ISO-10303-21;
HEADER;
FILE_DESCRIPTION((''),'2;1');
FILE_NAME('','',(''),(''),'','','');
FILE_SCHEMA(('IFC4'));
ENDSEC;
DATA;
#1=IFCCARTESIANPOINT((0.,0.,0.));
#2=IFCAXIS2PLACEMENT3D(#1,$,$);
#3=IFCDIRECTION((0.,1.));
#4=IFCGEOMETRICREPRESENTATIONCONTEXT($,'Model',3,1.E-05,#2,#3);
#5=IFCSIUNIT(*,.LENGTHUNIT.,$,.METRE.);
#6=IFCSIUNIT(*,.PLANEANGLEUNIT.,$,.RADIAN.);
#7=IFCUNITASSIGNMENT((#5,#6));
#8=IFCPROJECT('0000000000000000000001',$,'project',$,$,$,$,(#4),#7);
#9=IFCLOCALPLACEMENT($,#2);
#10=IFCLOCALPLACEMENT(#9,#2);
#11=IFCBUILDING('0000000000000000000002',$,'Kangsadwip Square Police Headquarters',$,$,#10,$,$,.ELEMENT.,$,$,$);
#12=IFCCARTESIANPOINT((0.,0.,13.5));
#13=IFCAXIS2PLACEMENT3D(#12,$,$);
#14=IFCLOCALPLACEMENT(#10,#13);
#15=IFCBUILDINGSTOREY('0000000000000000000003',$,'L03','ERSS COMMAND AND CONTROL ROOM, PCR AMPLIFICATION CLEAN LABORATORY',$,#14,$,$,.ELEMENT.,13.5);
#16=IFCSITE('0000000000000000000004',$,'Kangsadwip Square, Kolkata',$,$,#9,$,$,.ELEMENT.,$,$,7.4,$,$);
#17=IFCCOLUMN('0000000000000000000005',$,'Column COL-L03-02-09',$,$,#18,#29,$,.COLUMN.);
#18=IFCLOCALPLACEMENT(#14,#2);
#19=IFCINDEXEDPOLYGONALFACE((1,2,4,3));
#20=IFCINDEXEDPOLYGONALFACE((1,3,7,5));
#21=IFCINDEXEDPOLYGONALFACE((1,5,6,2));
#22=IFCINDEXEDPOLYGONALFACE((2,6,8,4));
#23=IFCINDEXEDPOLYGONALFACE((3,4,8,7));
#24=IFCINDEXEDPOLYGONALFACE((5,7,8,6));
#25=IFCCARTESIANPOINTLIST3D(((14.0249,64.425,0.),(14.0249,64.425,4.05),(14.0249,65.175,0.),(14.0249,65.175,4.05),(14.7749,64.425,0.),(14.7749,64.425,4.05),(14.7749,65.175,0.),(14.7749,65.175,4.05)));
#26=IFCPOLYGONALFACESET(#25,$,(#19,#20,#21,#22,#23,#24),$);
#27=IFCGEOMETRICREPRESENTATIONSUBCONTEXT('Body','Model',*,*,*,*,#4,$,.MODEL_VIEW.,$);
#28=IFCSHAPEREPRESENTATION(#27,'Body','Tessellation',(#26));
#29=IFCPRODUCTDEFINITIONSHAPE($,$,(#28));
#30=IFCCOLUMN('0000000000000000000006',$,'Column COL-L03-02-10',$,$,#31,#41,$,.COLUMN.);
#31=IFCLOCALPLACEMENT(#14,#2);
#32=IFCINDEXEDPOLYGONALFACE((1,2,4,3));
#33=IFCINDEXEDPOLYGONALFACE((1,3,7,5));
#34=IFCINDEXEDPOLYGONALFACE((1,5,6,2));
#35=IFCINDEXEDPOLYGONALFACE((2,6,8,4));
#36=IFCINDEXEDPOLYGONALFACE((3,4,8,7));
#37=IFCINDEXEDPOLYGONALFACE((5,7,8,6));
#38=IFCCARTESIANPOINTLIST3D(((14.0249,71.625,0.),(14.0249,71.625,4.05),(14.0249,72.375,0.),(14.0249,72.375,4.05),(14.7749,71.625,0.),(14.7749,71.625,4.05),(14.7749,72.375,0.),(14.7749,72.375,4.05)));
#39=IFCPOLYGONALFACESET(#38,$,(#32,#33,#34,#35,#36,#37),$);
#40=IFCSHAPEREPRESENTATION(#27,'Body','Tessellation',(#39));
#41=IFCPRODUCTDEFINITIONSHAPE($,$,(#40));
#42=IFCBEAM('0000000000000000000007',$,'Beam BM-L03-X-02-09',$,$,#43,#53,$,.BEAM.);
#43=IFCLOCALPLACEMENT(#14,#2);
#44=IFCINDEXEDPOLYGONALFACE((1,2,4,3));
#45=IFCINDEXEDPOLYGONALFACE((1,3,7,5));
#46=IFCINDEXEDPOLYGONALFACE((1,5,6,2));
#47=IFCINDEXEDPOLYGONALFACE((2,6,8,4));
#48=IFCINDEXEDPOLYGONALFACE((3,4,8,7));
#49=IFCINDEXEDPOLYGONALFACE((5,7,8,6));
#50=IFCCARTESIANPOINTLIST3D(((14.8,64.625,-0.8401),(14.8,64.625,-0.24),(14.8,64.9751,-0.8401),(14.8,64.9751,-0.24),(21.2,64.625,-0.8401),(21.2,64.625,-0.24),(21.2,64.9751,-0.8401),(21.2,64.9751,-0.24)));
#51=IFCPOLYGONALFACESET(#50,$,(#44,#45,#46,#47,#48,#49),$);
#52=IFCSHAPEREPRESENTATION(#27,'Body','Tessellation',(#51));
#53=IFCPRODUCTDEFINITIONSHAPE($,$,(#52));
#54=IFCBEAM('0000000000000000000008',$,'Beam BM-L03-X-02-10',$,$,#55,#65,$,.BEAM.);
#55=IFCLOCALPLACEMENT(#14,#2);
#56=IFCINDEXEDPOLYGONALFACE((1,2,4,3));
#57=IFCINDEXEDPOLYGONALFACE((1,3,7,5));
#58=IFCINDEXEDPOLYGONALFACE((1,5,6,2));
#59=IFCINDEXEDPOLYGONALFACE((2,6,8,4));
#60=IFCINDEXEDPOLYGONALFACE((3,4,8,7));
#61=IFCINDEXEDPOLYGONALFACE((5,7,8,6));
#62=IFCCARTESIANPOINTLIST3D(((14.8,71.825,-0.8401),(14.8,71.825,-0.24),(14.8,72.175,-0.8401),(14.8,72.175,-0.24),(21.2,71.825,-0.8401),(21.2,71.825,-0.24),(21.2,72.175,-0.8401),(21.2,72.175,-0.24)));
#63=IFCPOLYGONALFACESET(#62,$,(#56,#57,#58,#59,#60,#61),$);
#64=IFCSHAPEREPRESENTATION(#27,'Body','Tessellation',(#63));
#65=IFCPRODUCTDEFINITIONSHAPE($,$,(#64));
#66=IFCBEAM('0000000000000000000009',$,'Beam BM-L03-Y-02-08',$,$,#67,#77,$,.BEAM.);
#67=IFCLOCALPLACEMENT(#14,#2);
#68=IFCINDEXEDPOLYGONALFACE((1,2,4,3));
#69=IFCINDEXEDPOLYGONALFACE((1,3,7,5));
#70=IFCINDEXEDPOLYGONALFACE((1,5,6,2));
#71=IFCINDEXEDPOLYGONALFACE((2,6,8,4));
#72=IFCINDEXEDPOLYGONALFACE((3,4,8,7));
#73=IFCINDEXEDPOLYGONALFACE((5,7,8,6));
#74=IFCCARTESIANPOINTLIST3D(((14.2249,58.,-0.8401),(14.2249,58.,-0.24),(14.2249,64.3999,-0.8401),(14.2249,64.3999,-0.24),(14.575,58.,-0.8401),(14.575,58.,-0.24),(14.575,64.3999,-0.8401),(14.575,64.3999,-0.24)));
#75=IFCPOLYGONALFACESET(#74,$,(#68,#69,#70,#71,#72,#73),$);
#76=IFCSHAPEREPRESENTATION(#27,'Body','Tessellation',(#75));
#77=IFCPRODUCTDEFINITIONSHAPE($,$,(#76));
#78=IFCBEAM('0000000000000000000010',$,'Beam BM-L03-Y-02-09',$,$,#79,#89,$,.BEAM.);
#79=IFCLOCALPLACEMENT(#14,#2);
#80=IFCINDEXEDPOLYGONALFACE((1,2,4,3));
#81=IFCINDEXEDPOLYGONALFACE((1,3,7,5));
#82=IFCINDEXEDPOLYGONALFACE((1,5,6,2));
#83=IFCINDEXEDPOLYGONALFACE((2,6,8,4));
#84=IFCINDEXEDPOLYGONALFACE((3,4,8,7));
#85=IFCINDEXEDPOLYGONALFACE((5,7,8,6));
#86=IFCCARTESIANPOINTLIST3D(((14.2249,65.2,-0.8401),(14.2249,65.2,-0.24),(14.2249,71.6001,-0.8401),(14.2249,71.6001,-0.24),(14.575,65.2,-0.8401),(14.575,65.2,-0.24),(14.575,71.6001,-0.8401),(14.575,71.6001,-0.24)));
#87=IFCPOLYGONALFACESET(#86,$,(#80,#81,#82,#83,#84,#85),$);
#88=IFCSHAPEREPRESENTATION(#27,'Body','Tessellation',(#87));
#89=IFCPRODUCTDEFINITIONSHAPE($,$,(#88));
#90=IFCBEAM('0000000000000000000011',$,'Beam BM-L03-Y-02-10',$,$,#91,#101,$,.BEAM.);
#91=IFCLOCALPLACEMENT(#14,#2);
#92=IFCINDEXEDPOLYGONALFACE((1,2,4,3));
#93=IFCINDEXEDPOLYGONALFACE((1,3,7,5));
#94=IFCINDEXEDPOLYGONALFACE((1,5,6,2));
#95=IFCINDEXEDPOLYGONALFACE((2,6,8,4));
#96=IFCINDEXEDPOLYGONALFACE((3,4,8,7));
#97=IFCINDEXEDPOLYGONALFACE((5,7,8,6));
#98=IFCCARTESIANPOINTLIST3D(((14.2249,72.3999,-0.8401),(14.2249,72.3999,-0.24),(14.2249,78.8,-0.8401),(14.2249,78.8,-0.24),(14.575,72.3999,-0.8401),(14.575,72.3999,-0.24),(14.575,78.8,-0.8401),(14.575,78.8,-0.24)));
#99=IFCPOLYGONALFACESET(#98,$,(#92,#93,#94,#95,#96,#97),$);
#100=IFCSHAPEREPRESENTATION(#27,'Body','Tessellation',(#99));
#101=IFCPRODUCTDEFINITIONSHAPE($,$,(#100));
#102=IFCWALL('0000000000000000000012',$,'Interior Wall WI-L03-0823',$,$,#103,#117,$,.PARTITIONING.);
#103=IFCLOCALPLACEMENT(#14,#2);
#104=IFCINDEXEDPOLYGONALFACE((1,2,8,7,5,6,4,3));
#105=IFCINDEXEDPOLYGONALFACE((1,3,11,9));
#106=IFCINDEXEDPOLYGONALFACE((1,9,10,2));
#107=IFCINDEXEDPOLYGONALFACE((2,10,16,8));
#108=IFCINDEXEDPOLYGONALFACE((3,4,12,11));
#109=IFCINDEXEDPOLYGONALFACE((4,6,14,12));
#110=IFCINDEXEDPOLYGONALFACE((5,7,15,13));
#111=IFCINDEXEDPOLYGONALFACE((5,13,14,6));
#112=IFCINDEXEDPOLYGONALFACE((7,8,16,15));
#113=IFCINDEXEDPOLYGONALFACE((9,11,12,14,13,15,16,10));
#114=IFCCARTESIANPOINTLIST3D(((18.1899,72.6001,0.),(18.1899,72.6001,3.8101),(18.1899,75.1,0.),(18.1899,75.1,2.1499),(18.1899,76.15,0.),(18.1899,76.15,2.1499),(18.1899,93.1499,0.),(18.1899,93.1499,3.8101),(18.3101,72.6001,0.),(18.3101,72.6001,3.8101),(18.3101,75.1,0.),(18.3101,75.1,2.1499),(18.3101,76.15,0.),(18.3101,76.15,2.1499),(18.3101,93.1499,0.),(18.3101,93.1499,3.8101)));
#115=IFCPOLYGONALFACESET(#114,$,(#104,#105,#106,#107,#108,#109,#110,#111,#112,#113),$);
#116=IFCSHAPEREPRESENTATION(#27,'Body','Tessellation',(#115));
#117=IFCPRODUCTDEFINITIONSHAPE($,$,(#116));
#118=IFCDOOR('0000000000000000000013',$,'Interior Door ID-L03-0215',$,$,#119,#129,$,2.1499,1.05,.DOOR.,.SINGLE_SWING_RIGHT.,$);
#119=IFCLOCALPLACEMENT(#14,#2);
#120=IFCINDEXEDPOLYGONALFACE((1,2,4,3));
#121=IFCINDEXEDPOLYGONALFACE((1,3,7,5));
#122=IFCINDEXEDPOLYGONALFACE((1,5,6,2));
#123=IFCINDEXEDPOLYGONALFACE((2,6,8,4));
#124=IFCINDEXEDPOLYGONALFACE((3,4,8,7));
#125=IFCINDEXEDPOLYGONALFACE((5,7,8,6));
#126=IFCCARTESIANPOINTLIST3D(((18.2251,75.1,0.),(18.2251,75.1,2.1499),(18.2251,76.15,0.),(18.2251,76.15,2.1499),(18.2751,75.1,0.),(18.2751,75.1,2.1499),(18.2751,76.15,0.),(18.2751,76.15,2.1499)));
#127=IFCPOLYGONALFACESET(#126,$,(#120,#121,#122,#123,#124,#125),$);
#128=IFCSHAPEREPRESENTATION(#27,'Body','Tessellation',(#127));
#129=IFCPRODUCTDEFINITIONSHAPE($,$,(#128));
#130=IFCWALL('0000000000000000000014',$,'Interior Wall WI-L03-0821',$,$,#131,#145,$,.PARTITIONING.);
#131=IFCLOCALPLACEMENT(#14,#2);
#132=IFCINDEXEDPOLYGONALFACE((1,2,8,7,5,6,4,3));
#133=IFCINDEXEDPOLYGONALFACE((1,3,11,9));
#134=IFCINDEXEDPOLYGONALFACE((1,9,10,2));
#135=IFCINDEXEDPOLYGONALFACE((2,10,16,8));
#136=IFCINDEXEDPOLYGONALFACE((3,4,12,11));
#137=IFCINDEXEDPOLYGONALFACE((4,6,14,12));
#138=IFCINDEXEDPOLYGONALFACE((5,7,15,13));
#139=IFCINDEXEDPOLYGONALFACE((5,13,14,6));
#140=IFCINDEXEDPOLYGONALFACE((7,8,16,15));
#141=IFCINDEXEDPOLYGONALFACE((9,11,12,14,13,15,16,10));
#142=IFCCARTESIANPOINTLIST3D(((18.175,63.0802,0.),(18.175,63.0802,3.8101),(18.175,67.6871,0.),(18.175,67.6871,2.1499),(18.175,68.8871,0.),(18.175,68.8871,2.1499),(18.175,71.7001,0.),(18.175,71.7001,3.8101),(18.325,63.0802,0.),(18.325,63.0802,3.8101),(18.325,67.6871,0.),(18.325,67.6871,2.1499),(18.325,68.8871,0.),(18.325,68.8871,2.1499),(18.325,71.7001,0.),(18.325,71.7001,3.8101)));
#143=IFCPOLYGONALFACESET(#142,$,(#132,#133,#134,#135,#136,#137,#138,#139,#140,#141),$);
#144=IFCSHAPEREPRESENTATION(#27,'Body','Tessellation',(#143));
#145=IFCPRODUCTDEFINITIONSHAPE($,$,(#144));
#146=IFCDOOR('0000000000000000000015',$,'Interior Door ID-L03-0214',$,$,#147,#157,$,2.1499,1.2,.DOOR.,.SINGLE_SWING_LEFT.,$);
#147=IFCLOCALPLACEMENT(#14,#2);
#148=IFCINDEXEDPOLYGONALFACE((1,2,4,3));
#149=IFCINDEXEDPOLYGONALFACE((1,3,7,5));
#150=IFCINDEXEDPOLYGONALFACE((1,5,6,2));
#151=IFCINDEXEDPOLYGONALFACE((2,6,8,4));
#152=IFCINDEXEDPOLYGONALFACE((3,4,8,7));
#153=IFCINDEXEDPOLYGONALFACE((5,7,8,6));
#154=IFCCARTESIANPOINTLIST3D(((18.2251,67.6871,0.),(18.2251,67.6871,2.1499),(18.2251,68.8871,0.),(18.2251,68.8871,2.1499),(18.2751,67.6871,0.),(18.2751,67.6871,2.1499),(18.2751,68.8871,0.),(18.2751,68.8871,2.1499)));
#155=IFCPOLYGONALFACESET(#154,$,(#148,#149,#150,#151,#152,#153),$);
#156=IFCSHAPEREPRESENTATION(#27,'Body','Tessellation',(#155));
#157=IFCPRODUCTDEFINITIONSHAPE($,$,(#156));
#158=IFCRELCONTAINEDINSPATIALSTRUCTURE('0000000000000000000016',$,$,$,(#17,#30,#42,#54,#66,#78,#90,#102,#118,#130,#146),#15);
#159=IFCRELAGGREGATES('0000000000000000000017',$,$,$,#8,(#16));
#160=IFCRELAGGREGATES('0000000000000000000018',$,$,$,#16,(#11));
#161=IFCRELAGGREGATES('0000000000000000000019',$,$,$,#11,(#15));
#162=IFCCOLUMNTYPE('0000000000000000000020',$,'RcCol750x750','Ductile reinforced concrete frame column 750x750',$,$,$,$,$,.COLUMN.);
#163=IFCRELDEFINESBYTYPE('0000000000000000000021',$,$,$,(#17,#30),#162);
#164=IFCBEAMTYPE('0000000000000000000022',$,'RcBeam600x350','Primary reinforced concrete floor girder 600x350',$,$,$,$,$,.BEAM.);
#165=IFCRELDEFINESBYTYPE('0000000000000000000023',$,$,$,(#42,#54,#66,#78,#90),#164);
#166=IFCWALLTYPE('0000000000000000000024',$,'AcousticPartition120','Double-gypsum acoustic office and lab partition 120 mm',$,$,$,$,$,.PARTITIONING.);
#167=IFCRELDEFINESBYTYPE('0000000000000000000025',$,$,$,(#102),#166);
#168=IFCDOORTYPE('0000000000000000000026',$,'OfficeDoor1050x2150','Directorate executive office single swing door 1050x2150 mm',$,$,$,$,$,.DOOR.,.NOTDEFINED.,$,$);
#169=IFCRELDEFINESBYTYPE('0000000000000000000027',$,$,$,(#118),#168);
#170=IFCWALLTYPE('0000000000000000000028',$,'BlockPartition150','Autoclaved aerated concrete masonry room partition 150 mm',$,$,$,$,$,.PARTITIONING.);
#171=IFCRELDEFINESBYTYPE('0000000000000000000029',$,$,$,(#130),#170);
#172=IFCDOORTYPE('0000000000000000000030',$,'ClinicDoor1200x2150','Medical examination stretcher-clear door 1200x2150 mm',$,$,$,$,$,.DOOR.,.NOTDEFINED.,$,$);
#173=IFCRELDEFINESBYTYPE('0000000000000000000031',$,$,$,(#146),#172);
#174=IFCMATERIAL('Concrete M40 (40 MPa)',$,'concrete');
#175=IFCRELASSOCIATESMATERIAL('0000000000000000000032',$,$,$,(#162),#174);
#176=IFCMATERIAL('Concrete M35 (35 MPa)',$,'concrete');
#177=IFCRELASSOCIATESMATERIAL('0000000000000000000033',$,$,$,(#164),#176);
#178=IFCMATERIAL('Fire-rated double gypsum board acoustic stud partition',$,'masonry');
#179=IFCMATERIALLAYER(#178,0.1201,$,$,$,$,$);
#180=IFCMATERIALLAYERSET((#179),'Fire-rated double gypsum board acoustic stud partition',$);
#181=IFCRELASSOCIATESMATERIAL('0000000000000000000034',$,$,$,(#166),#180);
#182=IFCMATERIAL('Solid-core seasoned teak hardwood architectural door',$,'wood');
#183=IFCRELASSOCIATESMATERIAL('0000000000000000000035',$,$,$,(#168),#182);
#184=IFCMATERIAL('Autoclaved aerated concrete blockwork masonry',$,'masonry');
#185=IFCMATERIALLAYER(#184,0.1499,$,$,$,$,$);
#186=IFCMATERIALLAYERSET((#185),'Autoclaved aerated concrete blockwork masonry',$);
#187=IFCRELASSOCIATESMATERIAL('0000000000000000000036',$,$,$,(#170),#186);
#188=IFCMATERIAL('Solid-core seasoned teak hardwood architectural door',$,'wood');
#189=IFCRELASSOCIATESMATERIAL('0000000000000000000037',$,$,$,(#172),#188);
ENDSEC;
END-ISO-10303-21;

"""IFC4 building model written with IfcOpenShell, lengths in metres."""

from ifc_helpers import new_model, si_unit, direction, frame, frame_2d, origin, origin_2d, place, context, subcontext, project, spatial, rectangle, extrude, material, layer, layer_set, material_profile, profile_set, type_object, element, fill, save


model = new_model("IFC4")

# Units and contexts
model_context = context("Model", 3, precision=1e-05, world=origin(), true_north=direction((0.0, 1.0)))
body_context = subcontext(model_context, "Body", "Model", "MODEL_VIEW")
ifc_project = project(units=[si_unit("LENGTHUNIT", "METRE"), si_unit("PLANEANGLEUNIT", "RADIAN")], contexts=[model_context])

# Site, building, storey
site_placement = place(None, origin())
site = spatial("IfcSite", under=ifc_project, at=site_placement, Name="Kangsadwip Square, Kolkata", CompositionType="ELEMENT", RefElevation=7.4)
building_placement = place(site_placement, origin())
building = spatial("IfcBuilding", under=site, at=building_placement, Name="Kangsadwip Square Police Headquarters", CompositionType="ELEMENT")
storey_placement = place(building_placement, frame((0.0, 0.0, 13.5)))
storey = spatial("IfcBuildingStorey", under=building, at=storey_placement, Name="L03", Description="ERSS COMMAND AND CONTROL ROOM, PCR AMPLIFICATION CLEAN LABORATORY", CompositionType="ELEMENT", Elevation=13.5)

# Columns
ifc_material_1 = material(Name="Concrete M40 (40 MPa)", Category="concrete")
ifc_material_profile_1 = material_profile(ifc_material_1, rectangle(XDim=0.75, YDim=0.75, at=origin_2d()), Name="RC COL 750X750")
ifc_profile_set_1 = profile_set([ifc_material_profile_1], Name="Concrete M40 (40 MPa)")
column_type = type_object("IfcColumnType", Name="RcCol750x750", Description="Ductile reinforced concrete frame column 750x750", PredefinedType="COLUMN", material=ifc_profile_set_1)
for number, where, z_axis, x_axis, name in (
    (1, (14.3999, 64.8, 0.0), (0.0, 0.0, 1.0), (1.0, 0.0, 0.0), "Column COL-L03-02-09"),
    (2, (14.3999, 72.0, 0.0), (0.0, 0.0, 1.0), (1.0, 0.0, 0.0), "Column COL-L03-02-10"),
):
    element("IfcColumn", number, at=place(storey_placement, frame(where, z_axis=z_axis, x_axis=x_axis)), inside=storey, type_object=column_type, Name=name, PredefinedType="COLUMN", context=body_context, shape_type="SweptSolid", body=[
        extrude(rectangle(XDim=0.75, YDim=0.75, at=origin_2d()), origin(), (0.0, 0.0, 1.0), 4.05),
    ])

# Beams
ifc_material_2 = material(Name="Concrete M35 (35 MPa)", Category="concrete")
ifc_material_profile_2 = material_profile(ifc_material_2, rectangle(XDim=0.3501, YDim=0.6001, at=origin_2d()), Name="RC BM 600X350")
ifc_profile_set_2 = profile_set([ifc_material_profile_2], Name="Concrete M35 (35 MPa)")
beam_type = type_object("IfcBeamType", Name="RcBeam600x350", Description="Primary reinforced concrete floor girder 600x350", PredefinedType="BEAM", material=ifc_profile_set_2)
for number, where, z_axis, x_axis, name in (
    (3, (14.8, 64.8, -0.54), (1.0, 0.0, 0.0), (0.0, 1.0, 0.0), "Beam BM-L03-X-02-09"),
    (4, (14.8, 72.0, -0.54), (1.0, 0.0, 0.0), (0.0, 1.0, 0.0), "Beam BM-L03-X-02-10"),
    (5, (14.3999, 58.0, -0.54), (0.0, 1.0, 0.0), (-1.0, 0.0, 0.0), "Beam BM-L03-Y-02-08"),
):
    element("IfcBeam", number, at=place(storey_placement, frame(where, z_axis=z_axis, x_axis=x_axis)), inside=storey, type_object=beam_type, Name=name, PredefinedType="BEAM", context=body_context, shape_type="SweptSolid", body=[
        extrude(rectangle(XDim=0.3501, YDim=0.6001, at=origin_2d()), origin(), (0.0, 0.0, 1.0), 6.3999),
    ])
for number, where, z_axis, x_axis, name in (
    (6, (14.3999, 65.2, -0.54), (0.0, 1.0, 0.0), (-1.0, 0.0, 0.0), "Beam BM-L03-Y-02-09"),
    (7, (14.3999, 72.3999, -0.54), (0.0, 1.0, 0.0), (-1.0, 0.0, 0.0), "Beam BM-L03-Y-02-10"),
):
    element("IfcBeam", number, at=place(storey_placement, frame(where, z_axis=z_axis, x_axis=x_axis)), inside=storey, type_object=beam_type, Name=name, PredefinedType="BEAM", context=body_context, shape_type="SweptSolid", body=[
        extrude(rectangle(XDim=0.3501, YDim=0.6001, at=origin_2d()), origin(), (0.0, 0.0, 1.0), 6.4001),
    ])

# Walls, openings, doors
ifc_material_3 = material(Name="Fire-rated double gypsum board acoustic stud partition", Category="masonry")
ifc_layer_1 = layer(ifc_material_3, 0.1201)
ifc_layer_set_1 = layer_set([ifc_layer_1], Name="Fire-rated double gypsum board acoustic stud partition")
wall_type_1 = type_object("IfcWallType", Name="AcousticPartition120", Description="Double-gypsum acoustic office and lab partition 120 mm", PredefinedType="PARTITIONING", material=ifc_layer_set_1)
wall_1_placement = place(storey_placement, frame((18.25, 72.6001, 0.0), z_axis=(0.0, 0.0, 1.0), x_axis=(0.0, 1.0, 0.0)))
wall_1 = element("IfcWall", 8, at=wall_1_placement, inside=storey, type_object=wall_type_1, Name="Interior Wall WI-L03-0823", PredefinedType="PARTITIONING", context=body_context, shape_type="SweptSolid", body=[
    extrude(rectangle(XDim=20.5498, YDim=0.1201, at=frame_2d((10.2749, 0.0))), origin(), (0.0, 0.0, 1.0), 3.8101),
])
opening_1_placement = place(wall_1_placement, frame((2.5, 0.0, 0.0)))
opening_1 = element("IfcOpeningElement", 9, at=opening_1_placement, cuts=wall_1, PredefinedType="OPENING", context=body_context, shape_type="SweptSolid", body=[
    extrude(rectangle(XDim=1.05, YDim=2.1499, at=frame_2d((0.5249, 1.075))), frame((0.0, 0.0701, 0.0), z_axis=(0.0, -1.0, 0.0), x_axis=(1.0, 0.0, 0.0)), (0.0, 0.0, 1.0), 0.1401),
])
ifc_material_4 = material(Name="Solid-core seasoned teak hardwood architectural door", Category="wood")
door_type_1 = type_object("IfcDoorType", Name="OfficeDoor1050x2150", Description="Directorate executive office single swing door 1050x2150 mm", OperationType="NOTDEFINED", PredefinedType="DOOR", material=ifc_material_4)
door_1_placement = place(opening_1_placement, origin())
door_1 = element("IfcDoor", 10, at=door_1_placement, inside=storey, type_object=door_type_1, Name="Interior Door ID-L03-0215", OperationType="SINGLE_SWING_RIGHT", OverallHeight=2.1499, OverallWidth=1.05, PredefinedType="DOOR", context=body_context, shape_type="SweptSolid", body=[
    extrude(rectangle(XDim=1.05, YDim=2.1499, at=frame_2d((0.5249, 1.075))), frame((0.0, 0.0249, 0.0), z_axis=(0.0, -1.0, 0.0), x_axis=(1.0, 0.0, 0.0)), (0.0, 0.0, 1.0), 0.05),
])
fill(opening_1, door_1)
ifc_material_5 = material(Name="Autoclaved aerated concrete blockwork masonry", Category="masonry")
ifc_layer_2 = layer(ifc_material_5, 0.1499)
ifc_layer_set_2 = layer_set([ifc_layer_2], Name="Autoclaved aerated concrete blockwork masonry")
wall_type_2 = type_object("IfcWallType", Name="BlockPartition150", Description="Autoclaved aerated concrete masonry room partition 150 mm", PredefinedType="PARTITIONING", material=ifc_layer_set_2)
wall_2_placement = place(storey_placement, frame((18.25, 63.0801, 0.0), z_axis=(0.0, 0.0, 1.0), x_axis=(0.0, 1.0, 0.0)))
wall_2 = element("IfcWall", 11, at=wall_2_placement, inside=storey, type_object=wall_type_2, Name="Interior Wall WI-L03-0821", PredefinedType="PARTITIONING", context=body_context, shape_type="SweptSolid", body=[
    extrude(rectangle(XDim=8.6199, YDim=0.1499, at=frame_2d((4.3101, 0.0))), origin(), (0.0, 0.0, 1.0), 3.8101),
])
opening_2_placement = place(wall_2_placement, frame((4.6069, 0.0, 0.0)))
opening_2 = element("IfcOpeningElement", 12, at=opening_2_placement, cuts=wall_2, PredefinedType="OPENING", context=body_context, shape_type="SweptSolid", body=[
    extrude(rectangle(XDim=1.2, YDim=2.1499, at=frame_2d((0.6001, 1.075))), frame((0.0, 0.085, 0.0), z_axis=(0.0, -1.0, 0.0), x_axis=(1.0, 0.0, 0.0)), (0.0, 0.0, 1.0), 0.1699),
])
ifc_material_6 = material(Name="Solid-core seasoned teak hardwood architectural door", Category="wood")
door_type_2 = type_object("IfcDoorType", Name="ClinicDoor1200x2150", Description="Medical examination stretcher-clear door 1200x2150 mm", OperationType="NOTDEFINED", PredefinedType="DOOR", material=ifc_material_6)
door_2_placement = place(opening_2_placement, origin())
door_2 = element("IfcDoor", 13, at=door_2_placement, inside=storey, type_object=door_type_2, Name="Interior Door ID-L03-0214", OperationType="SINGLE_SWING_LEFT", OverallHeight=2.1499, OverallWidth=1.2, PredefinedType="DOOR", context=body_context, shape_type="SweptSolid", body=[
    extrude(rectangle(XDim=1.2, YDim=2.1499, at=frame_2d((0.6001, 1.075))), frame((0.0, 0.0249, 0.0), z_axis=(0.0, -1.0, 0.0), x_axis=(1.0, 0.0, 0.0)), (0.0, 0.0, 1.0), 0.05),
])
fill(opening_2, door_2)

save(model, "model.ifc")
